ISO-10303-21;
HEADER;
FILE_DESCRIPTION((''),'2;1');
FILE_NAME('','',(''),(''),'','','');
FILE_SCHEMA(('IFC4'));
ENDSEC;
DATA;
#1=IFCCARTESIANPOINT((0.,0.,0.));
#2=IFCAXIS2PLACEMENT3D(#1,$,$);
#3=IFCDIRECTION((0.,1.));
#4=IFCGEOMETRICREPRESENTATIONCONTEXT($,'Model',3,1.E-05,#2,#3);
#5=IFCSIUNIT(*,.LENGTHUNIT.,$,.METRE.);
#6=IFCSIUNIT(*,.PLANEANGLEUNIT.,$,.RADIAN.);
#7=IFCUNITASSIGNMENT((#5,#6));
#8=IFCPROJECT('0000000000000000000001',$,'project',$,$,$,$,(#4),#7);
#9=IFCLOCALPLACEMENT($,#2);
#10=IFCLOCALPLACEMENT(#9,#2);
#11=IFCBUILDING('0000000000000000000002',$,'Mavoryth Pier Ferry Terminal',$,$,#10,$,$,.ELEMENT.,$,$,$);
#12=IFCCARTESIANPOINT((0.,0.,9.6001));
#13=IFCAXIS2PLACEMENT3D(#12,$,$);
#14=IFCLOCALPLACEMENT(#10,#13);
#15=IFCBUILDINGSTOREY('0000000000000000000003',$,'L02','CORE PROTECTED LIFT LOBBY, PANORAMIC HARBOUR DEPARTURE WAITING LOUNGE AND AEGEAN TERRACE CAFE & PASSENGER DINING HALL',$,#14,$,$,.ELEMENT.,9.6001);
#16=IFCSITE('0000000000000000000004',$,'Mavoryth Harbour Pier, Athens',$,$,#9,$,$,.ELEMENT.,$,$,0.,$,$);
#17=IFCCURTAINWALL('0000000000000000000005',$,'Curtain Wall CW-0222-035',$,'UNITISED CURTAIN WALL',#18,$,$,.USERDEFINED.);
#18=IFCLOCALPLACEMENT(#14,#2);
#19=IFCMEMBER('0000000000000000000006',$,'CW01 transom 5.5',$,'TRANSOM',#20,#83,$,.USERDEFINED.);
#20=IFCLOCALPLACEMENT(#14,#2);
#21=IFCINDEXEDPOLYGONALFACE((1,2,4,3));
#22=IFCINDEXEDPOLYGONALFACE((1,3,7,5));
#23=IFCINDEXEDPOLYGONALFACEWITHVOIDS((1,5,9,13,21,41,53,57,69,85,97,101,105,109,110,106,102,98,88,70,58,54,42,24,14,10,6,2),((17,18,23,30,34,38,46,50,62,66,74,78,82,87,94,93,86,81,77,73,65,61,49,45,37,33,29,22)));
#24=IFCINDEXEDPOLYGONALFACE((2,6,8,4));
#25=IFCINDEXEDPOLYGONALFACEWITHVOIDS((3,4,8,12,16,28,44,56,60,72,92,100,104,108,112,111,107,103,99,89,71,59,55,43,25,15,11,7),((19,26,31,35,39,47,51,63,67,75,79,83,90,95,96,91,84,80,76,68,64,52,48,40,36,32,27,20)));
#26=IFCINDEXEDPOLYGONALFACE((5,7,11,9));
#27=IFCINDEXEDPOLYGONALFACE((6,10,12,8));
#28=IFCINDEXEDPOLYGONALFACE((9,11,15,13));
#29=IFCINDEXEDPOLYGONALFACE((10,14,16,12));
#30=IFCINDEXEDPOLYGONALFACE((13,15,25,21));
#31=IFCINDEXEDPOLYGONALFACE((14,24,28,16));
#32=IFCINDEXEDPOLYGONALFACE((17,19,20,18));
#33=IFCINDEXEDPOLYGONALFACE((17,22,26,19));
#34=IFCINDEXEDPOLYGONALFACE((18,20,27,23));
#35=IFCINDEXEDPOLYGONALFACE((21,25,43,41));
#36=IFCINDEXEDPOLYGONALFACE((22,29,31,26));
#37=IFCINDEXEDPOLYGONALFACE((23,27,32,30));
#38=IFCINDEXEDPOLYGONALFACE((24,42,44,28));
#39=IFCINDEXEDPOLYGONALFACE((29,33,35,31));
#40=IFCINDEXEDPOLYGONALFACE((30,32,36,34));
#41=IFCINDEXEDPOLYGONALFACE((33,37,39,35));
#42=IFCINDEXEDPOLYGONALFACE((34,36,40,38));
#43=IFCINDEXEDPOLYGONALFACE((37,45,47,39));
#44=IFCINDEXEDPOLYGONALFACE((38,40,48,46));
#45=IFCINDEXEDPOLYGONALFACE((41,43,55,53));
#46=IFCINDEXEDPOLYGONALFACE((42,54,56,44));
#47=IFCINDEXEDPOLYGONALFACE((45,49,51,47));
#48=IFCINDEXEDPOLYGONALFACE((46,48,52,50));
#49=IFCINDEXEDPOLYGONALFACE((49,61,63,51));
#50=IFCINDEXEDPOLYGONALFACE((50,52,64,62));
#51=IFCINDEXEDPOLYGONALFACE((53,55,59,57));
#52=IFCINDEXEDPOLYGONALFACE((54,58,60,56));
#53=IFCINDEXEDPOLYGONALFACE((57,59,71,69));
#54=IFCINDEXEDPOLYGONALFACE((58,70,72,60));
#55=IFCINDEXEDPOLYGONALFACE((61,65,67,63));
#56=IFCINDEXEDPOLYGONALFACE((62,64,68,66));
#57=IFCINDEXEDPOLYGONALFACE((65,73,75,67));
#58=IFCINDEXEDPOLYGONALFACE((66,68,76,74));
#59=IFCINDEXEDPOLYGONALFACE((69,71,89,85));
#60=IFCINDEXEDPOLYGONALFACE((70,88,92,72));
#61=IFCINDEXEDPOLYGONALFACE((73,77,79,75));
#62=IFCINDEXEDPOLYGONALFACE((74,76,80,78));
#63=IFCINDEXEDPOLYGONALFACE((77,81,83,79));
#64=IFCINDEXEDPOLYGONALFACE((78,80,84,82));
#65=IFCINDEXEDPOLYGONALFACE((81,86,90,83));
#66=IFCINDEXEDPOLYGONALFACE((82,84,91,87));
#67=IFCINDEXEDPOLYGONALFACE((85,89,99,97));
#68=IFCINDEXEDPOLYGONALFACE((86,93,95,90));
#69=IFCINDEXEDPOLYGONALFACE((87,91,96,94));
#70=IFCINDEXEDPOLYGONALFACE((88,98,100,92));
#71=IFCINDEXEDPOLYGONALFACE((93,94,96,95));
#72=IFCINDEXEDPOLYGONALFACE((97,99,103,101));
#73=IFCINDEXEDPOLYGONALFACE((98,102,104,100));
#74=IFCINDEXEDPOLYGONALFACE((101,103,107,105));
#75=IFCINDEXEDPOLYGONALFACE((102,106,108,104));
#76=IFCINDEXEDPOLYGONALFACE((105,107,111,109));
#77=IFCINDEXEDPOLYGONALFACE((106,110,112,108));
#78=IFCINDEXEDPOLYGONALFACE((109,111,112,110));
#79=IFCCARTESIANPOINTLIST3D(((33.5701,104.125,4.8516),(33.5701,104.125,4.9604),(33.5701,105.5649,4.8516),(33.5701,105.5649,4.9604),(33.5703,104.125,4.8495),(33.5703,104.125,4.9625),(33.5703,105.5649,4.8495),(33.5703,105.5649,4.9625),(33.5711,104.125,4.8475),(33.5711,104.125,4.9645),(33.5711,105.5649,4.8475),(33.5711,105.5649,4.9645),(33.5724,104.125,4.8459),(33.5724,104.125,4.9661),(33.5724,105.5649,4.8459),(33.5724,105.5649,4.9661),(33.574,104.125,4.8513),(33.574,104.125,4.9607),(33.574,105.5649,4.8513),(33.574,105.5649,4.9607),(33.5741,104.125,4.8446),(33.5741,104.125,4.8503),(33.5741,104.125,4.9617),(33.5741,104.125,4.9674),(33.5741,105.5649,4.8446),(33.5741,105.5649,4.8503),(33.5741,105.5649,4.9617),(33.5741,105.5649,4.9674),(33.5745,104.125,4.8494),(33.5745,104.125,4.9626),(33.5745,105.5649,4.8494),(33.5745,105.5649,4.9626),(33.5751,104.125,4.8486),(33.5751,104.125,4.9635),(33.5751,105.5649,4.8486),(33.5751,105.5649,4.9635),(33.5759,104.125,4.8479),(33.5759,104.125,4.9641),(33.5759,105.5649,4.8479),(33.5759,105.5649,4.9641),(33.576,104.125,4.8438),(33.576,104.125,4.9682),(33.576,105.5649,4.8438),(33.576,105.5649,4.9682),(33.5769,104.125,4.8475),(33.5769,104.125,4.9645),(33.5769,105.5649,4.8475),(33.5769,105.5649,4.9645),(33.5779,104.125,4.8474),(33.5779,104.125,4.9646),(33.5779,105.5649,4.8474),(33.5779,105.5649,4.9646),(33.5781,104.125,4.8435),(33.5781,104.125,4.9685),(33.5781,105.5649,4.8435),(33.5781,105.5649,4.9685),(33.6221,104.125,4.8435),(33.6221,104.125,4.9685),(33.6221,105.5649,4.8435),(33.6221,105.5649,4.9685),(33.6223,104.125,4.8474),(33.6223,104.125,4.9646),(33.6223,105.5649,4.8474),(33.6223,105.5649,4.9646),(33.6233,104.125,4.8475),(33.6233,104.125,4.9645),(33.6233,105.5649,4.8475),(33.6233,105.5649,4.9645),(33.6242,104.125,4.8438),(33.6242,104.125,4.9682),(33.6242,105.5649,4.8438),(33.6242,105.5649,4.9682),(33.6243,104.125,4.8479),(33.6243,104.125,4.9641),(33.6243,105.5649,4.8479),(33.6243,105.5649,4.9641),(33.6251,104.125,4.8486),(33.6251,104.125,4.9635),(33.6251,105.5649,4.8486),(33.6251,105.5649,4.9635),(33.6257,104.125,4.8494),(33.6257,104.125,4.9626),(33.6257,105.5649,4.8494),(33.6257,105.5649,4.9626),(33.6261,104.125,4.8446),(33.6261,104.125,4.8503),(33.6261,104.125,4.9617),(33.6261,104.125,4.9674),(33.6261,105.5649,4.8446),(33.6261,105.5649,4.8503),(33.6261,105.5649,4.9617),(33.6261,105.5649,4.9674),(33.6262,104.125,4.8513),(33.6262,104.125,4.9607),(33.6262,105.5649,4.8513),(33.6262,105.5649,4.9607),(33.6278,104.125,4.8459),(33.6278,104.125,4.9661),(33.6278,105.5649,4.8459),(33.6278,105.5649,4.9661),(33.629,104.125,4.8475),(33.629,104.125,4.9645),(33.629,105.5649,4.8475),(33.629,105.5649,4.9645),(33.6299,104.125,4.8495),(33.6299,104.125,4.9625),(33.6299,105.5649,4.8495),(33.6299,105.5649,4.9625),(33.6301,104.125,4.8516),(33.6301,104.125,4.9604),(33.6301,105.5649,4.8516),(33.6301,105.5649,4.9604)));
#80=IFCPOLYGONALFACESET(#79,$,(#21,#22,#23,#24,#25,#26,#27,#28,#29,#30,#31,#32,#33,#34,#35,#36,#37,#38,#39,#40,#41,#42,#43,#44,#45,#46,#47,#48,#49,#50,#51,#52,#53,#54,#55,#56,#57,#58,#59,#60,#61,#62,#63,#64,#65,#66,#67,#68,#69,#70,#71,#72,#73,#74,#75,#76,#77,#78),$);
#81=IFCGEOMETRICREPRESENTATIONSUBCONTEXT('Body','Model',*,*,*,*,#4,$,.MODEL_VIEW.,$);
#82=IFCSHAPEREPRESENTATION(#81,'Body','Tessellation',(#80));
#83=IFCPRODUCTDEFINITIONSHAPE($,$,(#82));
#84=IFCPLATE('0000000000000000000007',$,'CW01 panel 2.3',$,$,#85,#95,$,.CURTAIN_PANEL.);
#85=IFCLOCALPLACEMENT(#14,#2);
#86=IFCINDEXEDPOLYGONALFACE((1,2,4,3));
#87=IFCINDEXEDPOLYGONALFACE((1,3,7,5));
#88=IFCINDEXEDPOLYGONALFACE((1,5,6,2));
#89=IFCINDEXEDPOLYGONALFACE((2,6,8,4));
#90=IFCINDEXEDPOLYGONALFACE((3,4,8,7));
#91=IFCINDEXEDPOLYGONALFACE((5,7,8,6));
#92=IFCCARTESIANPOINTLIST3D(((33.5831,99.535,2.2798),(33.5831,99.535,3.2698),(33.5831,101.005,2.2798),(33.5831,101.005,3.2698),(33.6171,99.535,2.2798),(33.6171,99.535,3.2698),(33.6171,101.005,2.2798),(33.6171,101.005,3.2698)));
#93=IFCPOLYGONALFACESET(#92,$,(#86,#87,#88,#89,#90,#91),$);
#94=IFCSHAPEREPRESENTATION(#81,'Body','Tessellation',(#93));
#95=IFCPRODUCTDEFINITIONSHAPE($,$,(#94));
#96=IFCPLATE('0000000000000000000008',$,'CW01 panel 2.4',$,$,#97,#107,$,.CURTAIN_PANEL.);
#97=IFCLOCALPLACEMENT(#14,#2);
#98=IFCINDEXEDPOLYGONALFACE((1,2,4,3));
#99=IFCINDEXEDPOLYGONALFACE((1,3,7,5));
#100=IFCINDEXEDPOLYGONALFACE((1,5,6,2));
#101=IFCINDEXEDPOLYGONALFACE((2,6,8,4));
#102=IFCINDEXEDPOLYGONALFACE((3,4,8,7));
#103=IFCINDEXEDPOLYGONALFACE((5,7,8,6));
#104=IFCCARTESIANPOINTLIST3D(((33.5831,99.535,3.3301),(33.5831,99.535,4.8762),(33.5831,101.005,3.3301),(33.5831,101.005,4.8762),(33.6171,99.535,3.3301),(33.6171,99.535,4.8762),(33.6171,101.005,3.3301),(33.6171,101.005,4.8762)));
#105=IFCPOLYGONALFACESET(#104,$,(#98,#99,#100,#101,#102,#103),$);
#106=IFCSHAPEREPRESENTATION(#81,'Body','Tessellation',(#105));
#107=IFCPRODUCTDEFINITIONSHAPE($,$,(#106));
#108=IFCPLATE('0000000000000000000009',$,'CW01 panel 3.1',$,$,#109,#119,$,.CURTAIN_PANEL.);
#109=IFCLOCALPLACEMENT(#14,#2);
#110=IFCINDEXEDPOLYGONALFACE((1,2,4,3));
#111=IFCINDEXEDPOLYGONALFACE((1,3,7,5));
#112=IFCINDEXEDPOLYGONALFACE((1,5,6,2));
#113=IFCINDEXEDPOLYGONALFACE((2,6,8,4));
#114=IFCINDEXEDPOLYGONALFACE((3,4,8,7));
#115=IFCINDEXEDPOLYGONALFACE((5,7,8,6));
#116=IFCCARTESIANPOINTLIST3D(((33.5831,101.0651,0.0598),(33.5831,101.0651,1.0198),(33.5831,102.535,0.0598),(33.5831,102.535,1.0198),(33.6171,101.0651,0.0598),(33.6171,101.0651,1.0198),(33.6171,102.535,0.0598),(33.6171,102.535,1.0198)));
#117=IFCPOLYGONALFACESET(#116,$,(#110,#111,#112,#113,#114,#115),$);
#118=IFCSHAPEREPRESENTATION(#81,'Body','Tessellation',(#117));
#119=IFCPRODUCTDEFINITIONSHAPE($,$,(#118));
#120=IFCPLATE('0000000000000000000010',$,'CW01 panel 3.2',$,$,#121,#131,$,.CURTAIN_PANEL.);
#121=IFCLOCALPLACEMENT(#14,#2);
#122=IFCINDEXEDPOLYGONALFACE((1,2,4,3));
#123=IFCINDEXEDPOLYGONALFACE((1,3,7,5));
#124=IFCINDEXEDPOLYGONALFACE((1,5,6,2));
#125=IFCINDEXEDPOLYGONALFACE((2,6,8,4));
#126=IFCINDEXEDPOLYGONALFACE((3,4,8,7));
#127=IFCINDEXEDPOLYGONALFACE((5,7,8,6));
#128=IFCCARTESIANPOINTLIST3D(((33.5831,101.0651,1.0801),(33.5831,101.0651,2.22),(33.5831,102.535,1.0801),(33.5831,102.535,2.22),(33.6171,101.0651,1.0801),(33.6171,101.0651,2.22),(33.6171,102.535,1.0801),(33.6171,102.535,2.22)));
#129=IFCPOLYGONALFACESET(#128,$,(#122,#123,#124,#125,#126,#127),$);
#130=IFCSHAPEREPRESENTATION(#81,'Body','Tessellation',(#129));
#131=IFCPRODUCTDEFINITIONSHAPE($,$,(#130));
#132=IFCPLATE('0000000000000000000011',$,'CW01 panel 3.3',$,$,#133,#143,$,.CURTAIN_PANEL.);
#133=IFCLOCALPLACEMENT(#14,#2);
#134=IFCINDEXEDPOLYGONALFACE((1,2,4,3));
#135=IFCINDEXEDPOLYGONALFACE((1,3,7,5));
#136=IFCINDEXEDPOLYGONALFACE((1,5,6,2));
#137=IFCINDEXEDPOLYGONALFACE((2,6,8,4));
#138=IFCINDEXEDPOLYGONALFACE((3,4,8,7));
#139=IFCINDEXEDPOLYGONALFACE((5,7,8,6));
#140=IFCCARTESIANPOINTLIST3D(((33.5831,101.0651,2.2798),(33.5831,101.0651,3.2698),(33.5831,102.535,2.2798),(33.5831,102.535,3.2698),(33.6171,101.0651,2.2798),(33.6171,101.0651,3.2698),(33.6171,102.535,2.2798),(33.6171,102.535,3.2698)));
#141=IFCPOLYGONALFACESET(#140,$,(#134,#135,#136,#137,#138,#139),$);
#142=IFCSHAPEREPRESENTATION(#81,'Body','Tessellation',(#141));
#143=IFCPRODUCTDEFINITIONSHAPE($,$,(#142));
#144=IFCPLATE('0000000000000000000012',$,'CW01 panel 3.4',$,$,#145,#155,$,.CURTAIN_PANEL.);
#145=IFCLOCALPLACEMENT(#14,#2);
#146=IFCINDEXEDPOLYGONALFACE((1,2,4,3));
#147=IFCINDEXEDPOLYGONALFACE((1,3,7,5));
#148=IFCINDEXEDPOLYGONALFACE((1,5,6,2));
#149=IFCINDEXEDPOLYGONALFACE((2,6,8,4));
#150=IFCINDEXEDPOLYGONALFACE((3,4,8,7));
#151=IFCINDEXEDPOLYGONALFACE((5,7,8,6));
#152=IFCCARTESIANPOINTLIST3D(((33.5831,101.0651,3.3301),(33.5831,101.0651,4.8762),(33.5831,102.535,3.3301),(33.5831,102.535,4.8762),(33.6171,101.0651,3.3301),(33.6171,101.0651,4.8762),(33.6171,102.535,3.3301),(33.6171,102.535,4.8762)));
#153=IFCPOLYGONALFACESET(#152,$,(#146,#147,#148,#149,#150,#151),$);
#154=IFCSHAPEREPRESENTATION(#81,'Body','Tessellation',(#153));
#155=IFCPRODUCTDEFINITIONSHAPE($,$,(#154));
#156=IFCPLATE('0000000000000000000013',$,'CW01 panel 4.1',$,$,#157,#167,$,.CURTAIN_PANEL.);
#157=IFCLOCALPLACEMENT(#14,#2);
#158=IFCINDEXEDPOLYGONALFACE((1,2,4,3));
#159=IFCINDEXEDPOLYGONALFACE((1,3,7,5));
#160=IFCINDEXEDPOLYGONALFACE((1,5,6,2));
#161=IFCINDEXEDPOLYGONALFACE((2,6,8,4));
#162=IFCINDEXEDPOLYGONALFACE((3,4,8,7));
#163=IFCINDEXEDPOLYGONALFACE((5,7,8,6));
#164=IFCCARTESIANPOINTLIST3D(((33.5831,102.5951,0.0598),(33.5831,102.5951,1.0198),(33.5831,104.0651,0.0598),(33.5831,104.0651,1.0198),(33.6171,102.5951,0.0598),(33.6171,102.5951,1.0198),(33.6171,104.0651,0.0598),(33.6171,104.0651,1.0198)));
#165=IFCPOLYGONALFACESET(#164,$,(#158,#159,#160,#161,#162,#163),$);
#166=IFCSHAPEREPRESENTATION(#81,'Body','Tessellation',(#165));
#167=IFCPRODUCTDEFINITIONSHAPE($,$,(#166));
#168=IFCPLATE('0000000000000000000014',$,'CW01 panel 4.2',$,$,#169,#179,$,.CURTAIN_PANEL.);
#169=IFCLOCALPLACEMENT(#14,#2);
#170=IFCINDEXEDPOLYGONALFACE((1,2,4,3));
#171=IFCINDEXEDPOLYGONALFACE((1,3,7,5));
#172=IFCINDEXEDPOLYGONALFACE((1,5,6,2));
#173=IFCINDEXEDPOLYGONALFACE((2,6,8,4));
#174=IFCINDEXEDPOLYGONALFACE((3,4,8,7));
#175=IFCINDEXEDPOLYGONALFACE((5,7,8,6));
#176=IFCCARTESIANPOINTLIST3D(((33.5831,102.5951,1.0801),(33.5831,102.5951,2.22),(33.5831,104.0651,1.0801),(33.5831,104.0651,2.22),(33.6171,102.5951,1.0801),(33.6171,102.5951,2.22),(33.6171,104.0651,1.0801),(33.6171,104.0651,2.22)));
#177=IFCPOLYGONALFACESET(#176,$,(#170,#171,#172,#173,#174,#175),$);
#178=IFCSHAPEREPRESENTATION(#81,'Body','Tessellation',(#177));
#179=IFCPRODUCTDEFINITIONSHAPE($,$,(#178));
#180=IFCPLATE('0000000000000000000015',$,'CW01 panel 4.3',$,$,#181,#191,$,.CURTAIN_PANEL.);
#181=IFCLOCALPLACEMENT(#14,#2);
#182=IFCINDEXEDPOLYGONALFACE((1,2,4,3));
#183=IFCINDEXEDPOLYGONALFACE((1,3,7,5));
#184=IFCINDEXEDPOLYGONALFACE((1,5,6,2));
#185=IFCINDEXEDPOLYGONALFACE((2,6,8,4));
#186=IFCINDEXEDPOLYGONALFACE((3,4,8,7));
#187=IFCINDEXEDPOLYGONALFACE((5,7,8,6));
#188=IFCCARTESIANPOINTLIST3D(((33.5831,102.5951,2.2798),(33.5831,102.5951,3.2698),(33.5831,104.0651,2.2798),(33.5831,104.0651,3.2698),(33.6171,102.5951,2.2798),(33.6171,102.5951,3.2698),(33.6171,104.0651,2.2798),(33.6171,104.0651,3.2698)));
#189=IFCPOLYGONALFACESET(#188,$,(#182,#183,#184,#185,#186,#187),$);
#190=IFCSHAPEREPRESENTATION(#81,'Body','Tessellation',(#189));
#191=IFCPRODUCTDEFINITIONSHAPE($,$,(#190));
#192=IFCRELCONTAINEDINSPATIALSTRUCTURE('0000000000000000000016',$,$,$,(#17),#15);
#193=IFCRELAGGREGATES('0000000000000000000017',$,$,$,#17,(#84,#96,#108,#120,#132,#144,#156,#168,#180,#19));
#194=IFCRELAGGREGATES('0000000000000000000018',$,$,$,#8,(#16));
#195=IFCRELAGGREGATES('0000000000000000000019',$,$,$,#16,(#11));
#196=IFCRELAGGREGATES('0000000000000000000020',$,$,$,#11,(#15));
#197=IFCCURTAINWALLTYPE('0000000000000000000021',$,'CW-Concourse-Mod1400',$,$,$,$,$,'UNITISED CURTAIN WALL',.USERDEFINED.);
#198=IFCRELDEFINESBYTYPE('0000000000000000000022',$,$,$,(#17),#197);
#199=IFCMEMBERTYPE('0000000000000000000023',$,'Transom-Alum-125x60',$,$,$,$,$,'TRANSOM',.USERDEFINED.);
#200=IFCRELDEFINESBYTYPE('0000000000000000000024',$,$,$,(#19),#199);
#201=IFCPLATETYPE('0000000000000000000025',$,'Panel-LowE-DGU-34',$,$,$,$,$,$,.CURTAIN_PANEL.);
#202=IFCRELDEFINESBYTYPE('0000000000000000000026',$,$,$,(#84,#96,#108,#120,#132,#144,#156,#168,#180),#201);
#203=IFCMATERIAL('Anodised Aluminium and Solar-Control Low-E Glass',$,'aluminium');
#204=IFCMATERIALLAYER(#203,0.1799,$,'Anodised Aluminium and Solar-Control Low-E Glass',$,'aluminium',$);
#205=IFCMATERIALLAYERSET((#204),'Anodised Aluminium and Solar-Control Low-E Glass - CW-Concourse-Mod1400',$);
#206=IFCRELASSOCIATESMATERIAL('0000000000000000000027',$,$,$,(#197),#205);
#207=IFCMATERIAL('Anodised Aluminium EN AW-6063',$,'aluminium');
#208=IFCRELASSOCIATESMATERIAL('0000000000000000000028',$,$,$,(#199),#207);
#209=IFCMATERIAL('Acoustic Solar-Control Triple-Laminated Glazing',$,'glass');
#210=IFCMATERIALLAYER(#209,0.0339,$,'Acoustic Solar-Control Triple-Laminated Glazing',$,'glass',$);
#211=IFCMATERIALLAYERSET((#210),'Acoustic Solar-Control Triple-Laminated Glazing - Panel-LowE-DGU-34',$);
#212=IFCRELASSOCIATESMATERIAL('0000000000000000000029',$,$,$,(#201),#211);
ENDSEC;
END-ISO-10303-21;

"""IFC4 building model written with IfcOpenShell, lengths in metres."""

from ifc_helpers import new_model, si_unit, direction, frame, origin, origin_2d, place, context, subcontext, project, spatial, rectangle, hollow_rectangle, extrude, material, layer, layer_set, material_profile, profile_set, type_object, element, aggregate, save


model = new_model("IFC4")

# Units and contexts
model_context = context("Model", 3, precision=1e-05, world=origin(), true_north=direction((0.0, 1.0)))
body_context = subcontext(model_context, "Body", "Model", "MODEL_VIEW")
ifc_project = project(units=[si_unit("LENGTHUNIT", "METRE"), si_unit("PLANEANGLEUNIT", "RADIAN")], contexts=[model_context])

# Site, building, storey
site_placement = place(None, origin())
site = spatial("IfcSite", under=ifc_project, at=site_placement, Name="Mavoryth Harbour Pier, Athens", CompositionType="ELEMENT", RefElevation=0.0)
building_placement = place(site_placement, origin())
building = spatial("IfcBuilding", under=site, at=building_placement, Name="Mavoryth Pier Ferry Terminal", CompositionType="ELEMENT")
storey_placement = place(building_placement, frame((0.0, 0.0, 9.6001)))
storey = spatial("IfcBuildingStorey", under=building, at=storey_placement, Name="L02", Description="CORE PROTECTED LIFT LOBBY, PANORAMIC HARBOUR DEPARTURE WAITING LOUNGE AND AEGEAN TERRACE CAFE & PASSENGER DINING HALL", CompositionType="ELEMENT", Elevation=9.6001)

# Curtain wall
ifc_material_1 = material(Name="Anodised Aluminium and Solar-Control Low-E Glass", Category="aluminium")
ifc_layer_1 = layer(ifc_material_1, 0.1799, Name="Anodised Aluminium and Solar-Control Low-E Glass", Category="aluminium")
ifc_layer_set_1 = layer_set([ifc_layer_1], Name="Anodised Aluminium and Solar-Control Low-E Glass - CW-Concourse-Mod1400")
curtain_wall_type = type_object("IfcCurtainWallType", Name="CW-Concourse-Mod1400", ElementType="UNITISED CURTAIN WALL", PredefinedType="USERDEFINED", material=ifc_layer_set_1)
curtain_wall_placement = place(storey_placement, origin())
curtain_wall = element("IfcCurtainWall", 1, at=curtain_wall_placement, inside=storey, type_object=curtain_wall_type, Name="Curtain Wall CW-0222-035", ObjectType="UNITISED CURTAIN WALL", PredefinedType="USERDEFINED")
ifc_material_2 = material(Name="Anodised Aluminium EN AW-6063", Category="aluminium")

# Member
ifc_material_profile_1 = material_profile(ifc_material_2, hollow_rectangle(XDim=0.0601, YDim=0.125, WallThickness=0.0039, InnerFilletRadius=0.0039, OuterFilletRadius=0.0081, at=origin_2d()), Name="AL-TRAN 125x60x4", Category="aluminium")
ifc_profile_set_1 = profile_set([ifc_material_profile_1], Name="Anodised Aluminium EN AW-6063 - AL-TRAN 125x60x4")
member_type_1 = type_object("IfcMemberType", Name="Transom-Alum-125x60", ElementType="TRANSOM", PredefinedType="USERDEFINED", material=ifc_profile_set_1)
member_1_placement = place(storey_placement, frame((33.6001, 104.125, 4.906), z_axis=(0.0, 1.0, 0.0), x_axis=(-1.0, 0.0, 0.0)))
member_1 = element("IfcMember", 2, at=member_1_placement, type_object=member_type_1, Name="CW01 transom 5.5", ObjectType="TRANSOM", PredefinedType="USERDEFINED", context=body_context, shape_type="SweptSolid", body=[
    extrude(hollow_rectangle(XDim=0.0601, YDim=0.125, WallThickness=0.0039, InnerFilletRadius=0.0039, OuterFilletRadius=0.0081, at=origin_2d()), origin(), (0.0, 0.0, 1.0), 1.4399),
])

# Plates
ifc_material_3 = material(Name="Acoustic Solar-Control Triple-Laminated Glazing", Category="glass")
ifc_layer_2 = layer(ifc_material_3, 0.0339, Name="Acoustic Solar-Control Triple-Laminated Glazing", Category="glass")
ifc_layer_set_2 = layer_set([ifc_layer_2], Name="Acoustic Solar-Control Triple-Laminated Glazing - Panel-LowE-DGU-34")
plate_type = type_object("IfcPlateType", Name="Panel-LowE-DGU-34", PredefinedType="CURTAIN_PANEL", material=ifc_layer_set_2)
plate_1_placement = place(storey_placement, frame((33.6001, 100.27, 2.2798), z_axis=(0.0, 0.0, 1.0), x_axis=(0.0, 1.0, 0.0)))
plate_1 = element("IfcPlate", 3, at=plate_1_placement, type_object=plate_type, Name="CW01 panel 2.3", PredefinedType="CURTAIN_PANEL", context=body_context, shape_type="SweptSolid", body=[
    extrude(rectangle(XDim=1.47, YDim=0.0339, at=origin_2d()), origin(), (0.0, 0.0, 1.0), 0.99),
])
plate_2_placement = place(storey_placement, frame((33.6001, 100.27, 3.3301), z_axis=(0.0, 0.0, 1.0), x_axis=(0.0, 1.0, 0.0)))
plate_2 = element("IfcPlate", 4, at=plate_2_placement, type_object=plate_type, Name="CW01 panel 2.4", PredefinedType="CURTAIN_PANEL", context=body_context, shape_type="SweptSolid", body=[
    extrude(rectangle(XDim=1.47, YDim=0.0339, at=origin_2d()), origin(), (0.0, 0.0, 1.0), 1.5461),
])
plate_3_placement = place(storey_placement, frame((33.6001, 101.8, 0.0598), z_axis=(0.0, 0.0, 1.0), x_axis=(0.0, 1.0, 0.0)))
plate_3 = element("IfcPlate", 5, at=plate_3_placement, type_object=plate_type, Name="CW01 panel 3.1", PredefinedType="CURTAIN_PANEL", context=body_context, shape_type="SweptSolid", body=[
    extrude(rectangle(XDim=1.47, YDim=0.0339, at=origin_2d()), origin(), (0.0, 0.0, 1.0), 0.96),
])
plate_4_placement = place(storey_placement, frame((33.6001, 101.8, 1.0801), z_axis=(0.0, 0.0, 1.0), x_axis=(0.0, 1.0, 0.0)))
plate_4 = element("IfcPlate", 6, at=plate_4_placement, type_object=plate_type, Name="CW01 panel 3.2", PredefinedType="CURTAIN_PANEL", context=body_context, shape_type="SweptSolid", body=[
    extrude(rectangle(XDim=1.47, YDim=0.0339, at=origin_2d()), origin(), (0.0, 0.0, 1.0), 1.1399),
])
plate_5_placement = place(storey_placement, frame((33.6001, 101.8, 2.2798), z_axis=(0.0, 0.0, 1.0), x_axis=(0.0, 1.0, 0.0)))
plate_5 = element("IfcPlate", 7, at=plate_5_placement, type_object=plate_type, Name="CW01 panel 3.3", PredefinedType="CURTAIN_PANEL", context=body_context, shape_type="SweptSolid", body=[
    extrude(rectangle(XDim=1.47, YDim=0.0339, at=origin_2d()), origin(), (0.0, 0.0, 1.0), 0.99),
])
plate_6_placement = place(storey_placement, frame((33.6001, 101.8, 3.3301), z_axis=(0.0, 0.0, 1.0), x_axis=(0.0, 1.0, 0.0)))
plate_6 = element("IfcPlate", 8, at=plate_6_placement, type_object=plate_type, Name="CW01 panel 3.4", PredefinedType="CURTAIN_PANEL", context=body_context, shape_type="SweptSolid", body=[
    extrude(rectangle(XDim=1.47, YDim=0.0339, at=origin_2d()), origin(), (0.0, 0.0, 1.0), 1.5461),
])
plate_7_placement = place(storey_placement, frame((33.6001, 103.3301, 0.0598), z_axis=(0.0, 0.0, 1.0), x_axis=(0.0, 1.0, 0.0)))
plate_7 = element("IfcPlate", 9, at=plate_7_placement, type_object=plate_type, Name="CW01 panel 4.1", PredefinedType="CURTAIN_PANEL", context=body_context, shape_type="SweptSolid", body=[
    extrude(rectangle(XDim=1.47, YDim=0.0339, at=origin_2d()), origin(), (0.0, 0.0, 1.0), 0.96),
])
plate_8_placement = place(storey_placement, frame((33.6001, 103.3301, 1.0801), z_axis=(0.0, 0.0, 1.0), x_axis=(0.0, 1.0, 0.0)))
plate_8 = element("IfcPlate", 10, at=plate_8_placement, type_object=plate_type, Name="CW01 panel 4.2", PredefinedType="CURTAIN_PANEL", context=body_context, shape_type="SweptSolid", body=[
    extrude(rectangle(XDim=1.47, YDim=0.0339, at=origin_2d()), origin(), (0.0, 0.0, 1.0), 1.1399),
])
plate_9_placement = place(storey_placement, frame((33.6001, 103.3301, 2.2798), z_axis=(0.0, 0.0, 1.0), x_axis=(0.0, 1.0, 0.0)))
plate_9 = element("IfcPlate", 11, at=plate_9_placement, type_object=plate_type, Name="CW01 panel 4.3", PredefinedType="CURTAIN_PANEL", context=body_context, shape_type="SweptSolid", body=[
    extrude(rectangle(XDim=1.47, YDim=0.0339, at=origin_2d()), origin(), (0.0, 0.0, 1.0), 0.99),
])
aggregate(curtain_wall, [plate_1, plate_2, plate_3, plate_4, plate_5, plate_6, plate_7, plate_8, plate_9, member_1])

save(model, "model.ifc")
